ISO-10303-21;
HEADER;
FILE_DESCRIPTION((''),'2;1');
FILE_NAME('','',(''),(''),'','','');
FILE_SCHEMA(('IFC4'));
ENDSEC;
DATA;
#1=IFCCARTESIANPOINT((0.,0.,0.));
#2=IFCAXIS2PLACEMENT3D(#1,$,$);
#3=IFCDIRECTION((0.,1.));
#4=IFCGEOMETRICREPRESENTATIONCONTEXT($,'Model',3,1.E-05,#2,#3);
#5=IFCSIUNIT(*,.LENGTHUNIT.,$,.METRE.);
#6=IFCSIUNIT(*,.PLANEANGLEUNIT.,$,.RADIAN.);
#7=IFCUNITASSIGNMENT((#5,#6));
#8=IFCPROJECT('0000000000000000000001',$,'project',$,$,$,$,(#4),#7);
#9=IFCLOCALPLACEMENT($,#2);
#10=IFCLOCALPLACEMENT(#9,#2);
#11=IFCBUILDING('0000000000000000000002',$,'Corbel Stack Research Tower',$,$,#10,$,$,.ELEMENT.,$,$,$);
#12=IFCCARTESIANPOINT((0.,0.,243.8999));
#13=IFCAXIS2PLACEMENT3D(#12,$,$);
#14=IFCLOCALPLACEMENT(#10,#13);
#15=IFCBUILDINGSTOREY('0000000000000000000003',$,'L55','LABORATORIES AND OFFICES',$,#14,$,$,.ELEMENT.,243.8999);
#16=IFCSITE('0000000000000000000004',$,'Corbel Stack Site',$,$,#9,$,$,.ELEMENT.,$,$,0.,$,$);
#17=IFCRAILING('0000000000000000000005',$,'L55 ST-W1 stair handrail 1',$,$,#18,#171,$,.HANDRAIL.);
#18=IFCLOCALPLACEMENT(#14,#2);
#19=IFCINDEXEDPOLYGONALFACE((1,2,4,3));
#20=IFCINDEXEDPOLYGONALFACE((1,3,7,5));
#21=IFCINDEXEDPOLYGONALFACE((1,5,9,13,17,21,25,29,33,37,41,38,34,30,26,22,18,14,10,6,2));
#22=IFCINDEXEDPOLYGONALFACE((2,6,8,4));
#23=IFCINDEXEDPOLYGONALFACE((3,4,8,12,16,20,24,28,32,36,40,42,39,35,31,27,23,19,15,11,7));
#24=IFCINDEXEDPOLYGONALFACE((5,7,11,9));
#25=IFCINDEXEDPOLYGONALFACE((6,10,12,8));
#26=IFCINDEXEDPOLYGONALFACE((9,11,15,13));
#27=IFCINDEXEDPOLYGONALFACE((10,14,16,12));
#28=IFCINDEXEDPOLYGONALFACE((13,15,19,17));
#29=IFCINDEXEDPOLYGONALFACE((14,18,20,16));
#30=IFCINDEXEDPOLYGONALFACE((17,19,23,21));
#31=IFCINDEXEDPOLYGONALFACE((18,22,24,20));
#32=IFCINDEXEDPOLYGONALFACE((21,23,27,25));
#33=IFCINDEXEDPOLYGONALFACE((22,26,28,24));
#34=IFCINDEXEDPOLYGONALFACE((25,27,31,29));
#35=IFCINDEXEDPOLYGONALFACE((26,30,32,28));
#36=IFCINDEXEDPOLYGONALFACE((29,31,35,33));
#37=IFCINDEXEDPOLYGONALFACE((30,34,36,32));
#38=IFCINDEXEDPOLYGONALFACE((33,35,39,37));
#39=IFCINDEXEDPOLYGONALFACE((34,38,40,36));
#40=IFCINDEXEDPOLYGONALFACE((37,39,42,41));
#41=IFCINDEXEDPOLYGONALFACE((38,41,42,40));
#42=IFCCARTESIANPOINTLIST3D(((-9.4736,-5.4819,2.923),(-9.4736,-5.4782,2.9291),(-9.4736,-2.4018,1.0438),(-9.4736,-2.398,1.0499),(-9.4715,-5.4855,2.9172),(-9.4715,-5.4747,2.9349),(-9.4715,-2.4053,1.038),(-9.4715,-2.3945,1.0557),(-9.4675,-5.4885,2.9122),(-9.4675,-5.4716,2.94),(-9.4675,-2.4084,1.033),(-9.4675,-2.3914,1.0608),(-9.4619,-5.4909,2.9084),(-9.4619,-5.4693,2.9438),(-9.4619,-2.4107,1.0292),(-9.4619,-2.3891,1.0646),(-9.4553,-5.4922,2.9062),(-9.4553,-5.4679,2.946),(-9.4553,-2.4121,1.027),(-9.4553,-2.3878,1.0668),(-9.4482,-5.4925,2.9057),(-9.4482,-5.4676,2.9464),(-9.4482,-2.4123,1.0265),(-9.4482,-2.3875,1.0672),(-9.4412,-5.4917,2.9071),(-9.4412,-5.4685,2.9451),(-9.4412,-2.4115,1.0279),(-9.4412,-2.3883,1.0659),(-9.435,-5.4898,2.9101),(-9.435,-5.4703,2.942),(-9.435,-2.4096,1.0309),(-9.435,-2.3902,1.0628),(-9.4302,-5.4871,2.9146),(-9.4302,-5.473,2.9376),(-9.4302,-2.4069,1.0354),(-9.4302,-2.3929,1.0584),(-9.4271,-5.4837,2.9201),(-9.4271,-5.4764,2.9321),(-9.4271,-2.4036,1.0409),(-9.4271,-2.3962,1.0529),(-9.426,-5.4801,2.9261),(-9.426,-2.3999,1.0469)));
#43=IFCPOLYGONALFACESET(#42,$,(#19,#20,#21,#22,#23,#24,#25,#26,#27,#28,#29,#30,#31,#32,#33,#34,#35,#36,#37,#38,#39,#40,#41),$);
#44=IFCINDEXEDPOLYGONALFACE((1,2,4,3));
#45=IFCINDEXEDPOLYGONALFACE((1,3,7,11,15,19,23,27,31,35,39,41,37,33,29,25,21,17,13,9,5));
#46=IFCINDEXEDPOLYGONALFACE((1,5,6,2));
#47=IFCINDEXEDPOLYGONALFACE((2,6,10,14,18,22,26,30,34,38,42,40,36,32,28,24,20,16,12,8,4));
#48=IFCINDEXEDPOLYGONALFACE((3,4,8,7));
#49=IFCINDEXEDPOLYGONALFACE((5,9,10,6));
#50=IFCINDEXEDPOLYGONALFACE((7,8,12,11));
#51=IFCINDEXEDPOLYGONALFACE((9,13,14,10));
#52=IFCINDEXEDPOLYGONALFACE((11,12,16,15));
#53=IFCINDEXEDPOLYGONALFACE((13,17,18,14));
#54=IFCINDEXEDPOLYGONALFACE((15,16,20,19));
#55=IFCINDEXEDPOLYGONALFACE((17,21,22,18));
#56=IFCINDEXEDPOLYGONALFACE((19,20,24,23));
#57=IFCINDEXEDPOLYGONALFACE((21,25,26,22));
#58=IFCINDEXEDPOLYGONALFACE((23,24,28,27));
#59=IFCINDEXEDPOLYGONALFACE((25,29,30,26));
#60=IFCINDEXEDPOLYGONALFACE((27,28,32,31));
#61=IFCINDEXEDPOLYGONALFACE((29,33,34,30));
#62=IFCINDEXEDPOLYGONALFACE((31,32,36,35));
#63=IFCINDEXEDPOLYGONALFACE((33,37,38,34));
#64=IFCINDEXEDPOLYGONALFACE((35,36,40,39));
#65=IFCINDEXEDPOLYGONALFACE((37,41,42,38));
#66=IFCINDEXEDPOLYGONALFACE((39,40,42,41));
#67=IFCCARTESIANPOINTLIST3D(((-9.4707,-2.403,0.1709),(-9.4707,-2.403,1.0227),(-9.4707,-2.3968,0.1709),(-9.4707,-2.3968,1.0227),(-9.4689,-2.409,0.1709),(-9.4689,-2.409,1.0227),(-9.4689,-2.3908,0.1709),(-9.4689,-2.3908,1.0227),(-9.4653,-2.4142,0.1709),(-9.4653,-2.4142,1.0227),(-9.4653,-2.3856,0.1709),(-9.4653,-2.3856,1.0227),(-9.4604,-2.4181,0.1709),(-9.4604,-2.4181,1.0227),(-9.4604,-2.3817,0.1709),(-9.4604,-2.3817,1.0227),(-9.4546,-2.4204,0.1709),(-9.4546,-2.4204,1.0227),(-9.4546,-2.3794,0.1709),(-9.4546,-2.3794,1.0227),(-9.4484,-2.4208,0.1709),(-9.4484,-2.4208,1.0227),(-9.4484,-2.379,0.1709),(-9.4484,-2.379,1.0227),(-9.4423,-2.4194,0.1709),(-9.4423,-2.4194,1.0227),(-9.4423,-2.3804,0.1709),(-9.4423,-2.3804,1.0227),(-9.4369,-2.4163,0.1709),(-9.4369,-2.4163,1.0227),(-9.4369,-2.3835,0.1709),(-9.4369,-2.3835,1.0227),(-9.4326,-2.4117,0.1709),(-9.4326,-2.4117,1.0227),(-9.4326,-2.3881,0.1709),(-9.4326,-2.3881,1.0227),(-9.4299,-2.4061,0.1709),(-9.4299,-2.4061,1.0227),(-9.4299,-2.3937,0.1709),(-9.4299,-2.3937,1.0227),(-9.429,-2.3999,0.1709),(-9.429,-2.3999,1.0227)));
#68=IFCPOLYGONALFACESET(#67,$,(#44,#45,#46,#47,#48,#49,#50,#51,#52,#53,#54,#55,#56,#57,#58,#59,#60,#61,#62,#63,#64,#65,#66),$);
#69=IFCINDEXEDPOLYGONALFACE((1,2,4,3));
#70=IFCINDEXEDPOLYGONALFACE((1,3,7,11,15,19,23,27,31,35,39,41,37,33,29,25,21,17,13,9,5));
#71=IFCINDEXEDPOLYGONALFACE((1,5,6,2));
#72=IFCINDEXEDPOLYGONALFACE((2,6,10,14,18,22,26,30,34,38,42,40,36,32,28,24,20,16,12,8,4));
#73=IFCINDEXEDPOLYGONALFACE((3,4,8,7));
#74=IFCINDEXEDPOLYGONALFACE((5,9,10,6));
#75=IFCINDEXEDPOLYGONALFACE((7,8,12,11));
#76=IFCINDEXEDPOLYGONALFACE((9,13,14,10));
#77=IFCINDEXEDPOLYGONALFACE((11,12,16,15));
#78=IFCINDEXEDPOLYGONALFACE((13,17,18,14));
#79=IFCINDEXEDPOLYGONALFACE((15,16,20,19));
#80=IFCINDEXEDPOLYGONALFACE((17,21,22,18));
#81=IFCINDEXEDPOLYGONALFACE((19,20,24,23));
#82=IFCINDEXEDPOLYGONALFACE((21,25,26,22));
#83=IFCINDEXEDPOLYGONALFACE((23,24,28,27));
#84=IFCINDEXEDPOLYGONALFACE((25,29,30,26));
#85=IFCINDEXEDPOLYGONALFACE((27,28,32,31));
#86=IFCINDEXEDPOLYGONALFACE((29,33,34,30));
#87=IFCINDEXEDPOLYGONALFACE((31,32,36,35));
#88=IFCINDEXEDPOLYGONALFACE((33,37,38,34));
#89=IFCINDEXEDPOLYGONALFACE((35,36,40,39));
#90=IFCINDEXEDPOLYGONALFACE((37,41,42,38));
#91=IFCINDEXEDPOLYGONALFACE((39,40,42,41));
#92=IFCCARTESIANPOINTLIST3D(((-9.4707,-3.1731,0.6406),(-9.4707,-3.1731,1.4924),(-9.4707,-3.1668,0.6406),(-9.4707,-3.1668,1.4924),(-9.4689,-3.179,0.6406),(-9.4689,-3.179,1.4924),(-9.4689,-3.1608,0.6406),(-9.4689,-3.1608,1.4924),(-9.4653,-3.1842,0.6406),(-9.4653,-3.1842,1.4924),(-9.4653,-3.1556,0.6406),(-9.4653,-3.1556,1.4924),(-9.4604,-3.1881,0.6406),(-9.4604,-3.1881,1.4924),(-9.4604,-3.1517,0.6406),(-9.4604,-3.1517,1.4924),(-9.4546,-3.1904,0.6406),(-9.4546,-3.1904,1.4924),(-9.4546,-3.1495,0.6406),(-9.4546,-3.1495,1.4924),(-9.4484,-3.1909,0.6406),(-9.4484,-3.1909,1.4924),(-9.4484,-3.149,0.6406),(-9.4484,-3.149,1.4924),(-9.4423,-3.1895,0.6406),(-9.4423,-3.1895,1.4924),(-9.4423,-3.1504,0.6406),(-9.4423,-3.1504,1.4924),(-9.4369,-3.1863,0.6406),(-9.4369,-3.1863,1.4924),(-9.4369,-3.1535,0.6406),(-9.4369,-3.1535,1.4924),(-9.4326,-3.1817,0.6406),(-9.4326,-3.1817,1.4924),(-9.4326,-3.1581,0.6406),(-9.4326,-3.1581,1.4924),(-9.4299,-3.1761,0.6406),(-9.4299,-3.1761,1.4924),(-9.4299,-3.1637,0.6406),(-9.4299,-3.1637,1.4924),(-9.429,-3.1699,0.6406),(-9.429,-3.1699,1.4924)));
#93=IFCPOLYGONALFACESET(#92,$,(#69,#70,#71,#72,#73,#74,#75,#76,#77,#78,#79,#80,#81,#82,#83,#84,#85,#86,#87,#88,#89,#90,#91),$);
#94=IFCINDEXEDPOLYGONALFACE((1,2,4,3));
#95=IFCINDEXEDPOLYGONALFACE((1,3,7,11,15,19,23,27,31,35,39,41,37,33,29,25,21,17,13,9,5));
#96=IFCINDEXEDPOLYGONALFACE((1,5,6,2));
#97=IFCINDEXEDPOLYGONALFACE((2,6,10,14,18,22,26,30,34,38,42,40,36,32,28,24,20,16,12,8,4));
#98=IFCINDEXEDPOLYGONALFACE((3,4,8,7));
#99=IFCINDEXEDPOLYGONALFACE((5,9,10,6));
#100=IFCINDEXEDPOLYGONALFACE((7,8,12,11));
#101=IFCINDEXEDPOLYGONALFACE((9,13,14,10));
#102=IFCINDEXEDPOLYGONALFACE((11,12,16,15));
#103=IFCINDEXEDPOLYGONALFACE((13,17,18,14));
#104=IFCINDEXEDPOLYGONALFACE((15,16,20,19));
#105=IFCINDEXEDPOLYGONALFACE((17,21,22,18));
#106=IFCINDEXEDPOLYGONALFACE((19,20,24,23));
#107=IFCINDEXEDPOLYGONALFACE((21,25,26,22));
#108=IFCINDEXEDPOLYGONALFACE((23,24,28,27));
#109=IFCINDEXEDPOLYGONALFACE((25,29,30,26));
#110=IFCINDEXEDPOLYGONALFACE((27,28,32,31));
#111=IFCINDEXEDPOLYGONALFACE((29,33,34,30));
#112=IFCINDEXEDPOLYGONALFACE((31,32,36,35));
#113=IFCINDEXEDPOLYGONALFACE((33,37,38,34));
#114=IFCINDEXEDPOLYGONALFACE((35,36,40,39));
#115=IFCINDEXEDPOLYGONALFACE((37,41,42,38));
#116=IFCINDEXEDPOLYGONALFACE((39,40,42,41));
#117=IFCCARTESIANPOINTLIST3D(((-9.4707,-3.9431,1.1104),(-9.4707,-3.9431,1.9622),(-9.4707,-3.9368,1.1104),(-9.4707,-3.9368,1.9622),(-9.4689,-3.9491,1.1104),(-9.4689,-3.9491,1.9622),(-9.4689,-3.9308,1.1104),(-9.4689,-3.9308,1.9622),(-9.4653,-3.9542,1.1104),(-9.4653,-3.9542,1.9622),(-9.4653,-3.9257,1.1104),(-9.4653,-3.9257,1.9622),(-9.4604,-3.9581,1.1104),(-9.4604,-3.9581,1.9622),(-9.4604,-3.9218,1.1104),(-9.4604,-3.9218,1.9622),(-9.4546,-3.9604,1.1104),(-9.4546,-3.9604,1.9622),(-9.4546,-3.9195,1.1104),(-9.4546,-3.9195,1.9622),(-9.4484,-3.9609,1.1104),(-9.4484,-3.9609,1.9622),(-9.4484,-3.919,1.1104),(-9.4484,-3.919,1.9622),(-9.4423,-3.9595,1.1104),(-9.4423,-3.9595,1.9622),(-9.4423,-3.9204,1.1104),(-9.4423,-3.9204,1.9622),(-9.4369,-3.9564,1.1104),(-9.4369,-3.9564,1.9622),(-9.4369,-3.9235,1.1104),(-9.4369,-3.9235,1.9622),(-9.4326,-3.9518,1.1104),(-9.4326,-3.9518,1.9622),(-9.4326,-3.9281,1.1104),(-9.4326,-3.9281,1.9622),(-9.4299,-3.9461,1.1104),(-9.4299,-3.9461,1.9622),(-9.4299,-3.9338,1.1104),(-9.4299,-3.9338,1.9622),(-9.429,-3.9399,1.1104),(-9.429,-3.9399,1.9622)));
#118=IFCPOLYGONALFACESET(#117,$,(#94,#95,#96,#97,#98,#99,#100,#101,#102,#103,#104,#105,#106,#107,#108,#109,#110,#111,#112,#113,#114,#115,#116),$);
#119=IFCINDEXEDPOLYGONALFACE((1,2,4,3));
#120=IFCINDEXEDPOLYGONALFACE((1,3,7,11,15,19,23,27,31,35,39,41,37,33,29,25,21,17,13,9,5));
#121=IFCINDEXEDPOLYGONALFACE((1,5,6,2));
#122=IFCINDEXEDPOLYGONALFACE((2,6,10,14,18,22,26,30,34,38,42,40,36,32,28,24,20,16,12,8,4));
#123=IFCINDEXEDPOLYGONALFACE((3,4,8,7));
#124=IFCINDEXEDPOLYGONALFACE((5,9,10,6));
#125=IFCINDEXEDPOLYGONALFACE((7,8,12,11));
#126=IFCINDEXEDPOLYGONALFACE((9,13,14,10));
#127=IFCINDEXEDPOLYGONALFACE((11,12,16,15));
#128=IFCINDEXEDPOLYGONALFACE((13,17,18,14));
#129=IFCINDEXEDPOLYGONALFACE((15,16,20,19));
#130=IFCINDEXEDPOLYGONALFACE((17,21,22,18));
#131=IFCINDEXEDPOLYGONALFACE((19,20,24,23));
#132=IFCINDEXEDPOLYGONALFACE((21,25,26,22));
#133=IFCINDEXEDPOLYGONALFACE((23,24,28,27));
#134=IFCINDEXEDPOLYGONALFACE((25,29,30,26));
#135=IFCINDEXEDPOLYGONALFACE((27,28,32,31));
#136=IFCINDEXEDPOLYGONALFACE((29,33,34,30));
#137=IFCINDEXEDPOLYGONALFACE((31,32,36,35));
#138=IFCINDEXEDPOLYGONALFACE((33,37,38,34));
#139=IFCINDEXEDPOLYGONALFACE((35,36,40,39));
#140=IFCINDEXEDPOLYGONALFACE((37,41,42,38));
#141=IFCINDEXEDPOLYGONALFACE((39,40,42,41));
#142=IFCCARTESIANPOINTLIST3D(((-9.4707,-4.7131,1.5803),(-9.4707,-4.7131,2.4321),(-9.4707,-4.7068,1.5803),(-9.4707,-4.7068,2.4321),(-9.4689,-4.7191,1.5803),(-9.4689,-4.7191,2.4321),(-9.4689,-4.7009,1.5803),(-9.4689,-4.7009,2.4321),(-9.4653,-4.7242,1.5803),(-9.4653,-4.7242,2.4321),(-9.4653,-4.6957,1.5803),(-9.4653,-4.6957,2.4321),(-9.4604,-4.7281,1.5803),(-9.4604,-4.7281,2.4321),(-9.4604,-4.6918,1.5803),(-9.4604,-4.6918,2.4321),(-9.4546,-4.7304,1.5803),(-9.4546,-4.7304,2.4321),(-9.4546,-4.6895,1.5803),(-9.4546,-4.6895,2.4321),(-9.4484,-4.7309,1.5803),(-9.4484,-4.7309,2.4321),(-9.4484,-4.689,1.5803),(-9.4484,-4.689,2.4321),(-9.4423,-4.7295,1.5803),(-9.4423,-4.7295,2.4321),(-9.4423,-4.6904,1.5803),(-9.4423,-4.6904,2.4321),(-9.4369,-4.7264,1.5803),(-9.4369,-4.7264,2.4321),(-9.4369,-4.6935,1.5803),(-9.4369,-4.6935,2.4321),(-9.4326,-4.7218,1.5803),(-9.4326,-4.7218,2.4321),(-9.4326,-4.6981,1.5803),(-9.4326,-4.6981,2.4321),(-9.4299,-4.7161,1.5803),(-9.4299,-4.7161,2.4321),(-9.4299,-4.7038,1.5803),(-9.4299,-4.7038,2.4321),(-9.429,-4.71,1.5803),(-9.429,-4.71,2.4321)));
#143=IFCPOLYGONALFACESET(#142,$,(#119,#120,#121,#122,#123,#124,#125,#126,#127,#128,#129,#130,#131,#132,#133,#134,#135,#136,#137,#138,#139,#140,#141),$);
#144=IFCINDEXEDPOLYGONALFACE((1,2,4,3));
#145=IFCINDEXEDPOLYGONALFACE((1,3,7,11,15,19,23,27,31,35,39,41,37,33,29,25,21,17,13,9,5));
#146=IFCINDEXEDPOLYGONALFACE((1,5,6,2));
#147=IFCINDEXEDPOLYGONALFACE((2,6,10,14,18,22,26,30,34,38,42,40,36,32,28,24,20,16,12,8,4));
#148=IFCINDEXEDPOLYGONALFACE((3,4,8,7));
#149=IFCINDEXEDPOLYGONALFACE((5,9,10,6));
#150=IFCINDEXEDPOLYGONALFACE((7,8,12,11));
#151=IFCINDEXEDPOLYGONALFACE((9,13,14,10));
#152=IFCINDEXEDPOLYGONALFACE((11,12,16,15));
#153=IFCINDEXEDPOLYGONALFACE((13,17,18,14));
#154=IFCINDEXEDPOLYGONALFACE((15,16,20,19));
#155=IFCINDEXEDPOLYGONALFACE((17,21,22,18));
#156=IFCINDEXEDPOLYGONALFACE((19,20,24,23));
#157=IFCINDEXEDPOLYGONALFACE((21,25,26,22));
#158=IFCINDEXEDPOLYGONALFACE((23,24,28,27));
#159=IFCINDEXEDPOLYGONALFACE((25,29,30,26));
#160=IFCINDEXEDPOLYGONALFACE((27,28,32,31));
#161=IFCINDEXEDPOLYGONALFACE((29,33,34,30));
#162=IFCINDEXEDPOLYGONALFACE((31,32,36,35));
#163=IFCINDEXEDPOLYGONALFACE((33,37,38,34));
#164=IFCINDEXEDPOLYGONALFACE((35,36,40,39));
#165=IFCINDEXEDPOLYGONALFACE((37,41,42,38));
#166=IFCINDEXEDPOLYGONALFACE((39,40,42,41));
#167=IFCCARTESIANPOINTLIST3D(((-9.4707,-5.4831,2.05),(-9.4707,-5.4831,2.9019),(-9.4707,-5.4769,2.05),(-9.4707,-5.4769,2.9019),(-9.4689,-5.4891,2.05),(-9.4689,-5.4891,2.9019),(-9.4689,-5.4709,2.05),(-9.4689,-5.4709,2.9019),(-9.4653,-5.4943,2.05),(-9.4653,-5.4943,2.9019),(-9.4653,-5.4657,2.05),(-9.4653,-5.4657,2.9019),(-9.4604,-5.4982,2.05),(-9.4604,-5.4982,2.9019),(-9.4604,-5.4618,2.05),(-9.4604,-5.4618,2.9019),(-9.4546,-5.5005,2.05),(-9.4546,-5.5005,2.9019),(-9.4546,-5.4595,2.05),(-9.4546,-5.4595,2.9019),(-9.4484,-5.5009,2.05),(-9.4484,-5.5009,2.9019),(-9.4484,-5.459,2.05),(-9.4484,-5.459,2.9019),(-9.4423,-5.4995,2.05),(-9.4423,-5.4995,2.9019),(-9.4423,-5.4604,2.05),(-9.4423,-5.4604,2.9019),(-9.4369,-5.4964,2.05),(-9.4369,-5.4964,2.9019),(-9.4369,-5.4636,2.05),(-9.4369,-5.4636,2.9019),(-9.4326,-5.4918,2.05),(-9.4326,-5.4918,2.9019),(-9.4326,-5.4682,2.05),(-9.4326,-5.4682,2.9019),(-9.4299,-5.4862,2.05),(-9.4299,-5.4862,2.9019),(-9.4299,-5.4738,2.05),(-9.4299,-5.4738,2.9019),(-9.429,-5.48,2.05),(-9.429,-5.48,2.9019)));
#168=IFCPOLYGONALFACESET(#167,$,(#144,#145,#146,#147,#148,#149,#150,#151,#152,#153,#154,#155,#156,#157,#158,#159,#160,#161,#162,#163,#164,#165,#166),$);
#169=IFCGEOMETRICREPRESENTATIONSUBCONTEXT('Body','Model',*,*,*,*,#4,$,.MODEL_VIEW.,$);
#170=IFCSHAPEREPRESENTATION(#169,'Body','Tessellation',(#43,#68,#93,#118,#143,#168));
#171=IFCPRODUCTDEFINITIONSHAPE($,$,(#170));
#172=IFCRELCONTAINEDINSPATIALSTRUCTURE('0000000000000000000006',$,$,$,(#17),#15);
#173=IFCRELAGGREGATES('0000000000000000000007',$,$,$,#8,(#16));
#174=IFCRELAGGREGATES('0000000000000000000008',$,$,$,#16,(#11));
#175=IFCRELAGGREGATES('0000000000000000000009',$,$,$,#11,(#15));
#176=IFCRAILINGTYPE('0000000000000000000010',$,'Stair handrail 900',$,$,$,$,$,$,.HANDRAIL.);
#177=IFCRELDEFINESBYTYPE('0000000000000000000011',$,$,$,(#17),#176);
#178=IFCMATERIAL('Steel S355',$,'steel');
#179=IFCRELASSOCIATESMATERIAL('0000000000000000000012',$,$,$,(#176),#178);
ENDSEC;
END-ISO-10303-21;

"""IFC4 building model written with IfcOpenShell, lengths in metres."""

from ifc_helpers import new_model, si_unit, direction, frame, origin, origin_2d, place, context, subcontext, project, spatial, circle, extrude, material, type_object, element, save


model = new_model("IFC4")

# Units and contexts
model_context = context("Model", 3, precision=1e-05, world=origin(), true_north=direction((0.0, 1.0)))
body_context = subcontext(model_context, "Body", "Model", "MODEL_VIEW")
ifc_project = project(units=[si_unit("LENGTHUNIT", "METRE"), si_unit("PLANEANGLEUNIT", "RADIAN")], contexts=[model_context])

# Site, building, storey
site_placement = place(None, origin())
site = spatial("IfcSite", under=ifc_project, at=site_placement, Name="Corbel Stack Site", CompositionType="ELEMENT", RefElevation=0.0)
building_placement = place(site_placement, origin())
building = spatial("IfcBuilding", under=site, at=building_placement, Name="Corbel Stack Research Tower", CompositionType="ELEMENT")
storey_placement = place(building_placement, frame((0.0, 0.0, 243.8999)))
storey = spatial("IfcBuildingStorey", under=building, at=storey_placement, Name="L55", Description="LABORATORIES AND OFFICES", CompositionType="ELEMENT", Elevation=243.8999)

# Railing
ifc_material_1 = material(Name="Steel S355", Category="steel")
railing_type_1 = type_object("IfcRailingType", Name="Stair handrail 900", PredefinedType="HANDRAIL", material=ifc_material_1)
railing_1_placement = place(storey_placement, frame((-9.45, -2.3999, 0.1709)))
element("IfcRailing", 1, at=railing_1_placement, inside=storey, type_object=railing_type_1, Name="L55 ST-W1 stair handrail 1", PredefinedType="HANDRAIL", context=body_context, shape_type="SweptSolid", body=[
    extrude(circle(Radius=0.0239, at=origin_2d()), frame((0.0, 0.0, 0.876), z_axis=(0.0, -0.853666, 0.52082), x_axis=(1.0, 0.0, 0.0)), (0.0, 0.0, 1.0), 3.6082),
    extrude(circle(Radius=0.021, at=origin_2d()), origin(), (0.0, 0.0, 1.0), 0.8518),
    extrude(circle(Radius=0.021, at=origin_2d()), frame((0.0, -0.77, 0.4697)), (0.0, 0.0, 1.0), 0.8518),
    extrude(circle(Radius=0.021, at=origin_2d()), frame((0.0, -1.54, 0.9395)), (0.0, 0.0, 1.0), 0.8518),
    extrude(circle(Radius=0.021, at=origin_2d()), frame((0.0, -2.3101, 1.4094)), (0.0, 0.0, 1.0), 0.8518),
    extrude(circle(Radius=0.021, at=origin_2d()), frame((0.0, -3.0801, 1.8792)), (0.0, 0.0, 1.0), 0.8518),
])

save(model, "model.ifc")
